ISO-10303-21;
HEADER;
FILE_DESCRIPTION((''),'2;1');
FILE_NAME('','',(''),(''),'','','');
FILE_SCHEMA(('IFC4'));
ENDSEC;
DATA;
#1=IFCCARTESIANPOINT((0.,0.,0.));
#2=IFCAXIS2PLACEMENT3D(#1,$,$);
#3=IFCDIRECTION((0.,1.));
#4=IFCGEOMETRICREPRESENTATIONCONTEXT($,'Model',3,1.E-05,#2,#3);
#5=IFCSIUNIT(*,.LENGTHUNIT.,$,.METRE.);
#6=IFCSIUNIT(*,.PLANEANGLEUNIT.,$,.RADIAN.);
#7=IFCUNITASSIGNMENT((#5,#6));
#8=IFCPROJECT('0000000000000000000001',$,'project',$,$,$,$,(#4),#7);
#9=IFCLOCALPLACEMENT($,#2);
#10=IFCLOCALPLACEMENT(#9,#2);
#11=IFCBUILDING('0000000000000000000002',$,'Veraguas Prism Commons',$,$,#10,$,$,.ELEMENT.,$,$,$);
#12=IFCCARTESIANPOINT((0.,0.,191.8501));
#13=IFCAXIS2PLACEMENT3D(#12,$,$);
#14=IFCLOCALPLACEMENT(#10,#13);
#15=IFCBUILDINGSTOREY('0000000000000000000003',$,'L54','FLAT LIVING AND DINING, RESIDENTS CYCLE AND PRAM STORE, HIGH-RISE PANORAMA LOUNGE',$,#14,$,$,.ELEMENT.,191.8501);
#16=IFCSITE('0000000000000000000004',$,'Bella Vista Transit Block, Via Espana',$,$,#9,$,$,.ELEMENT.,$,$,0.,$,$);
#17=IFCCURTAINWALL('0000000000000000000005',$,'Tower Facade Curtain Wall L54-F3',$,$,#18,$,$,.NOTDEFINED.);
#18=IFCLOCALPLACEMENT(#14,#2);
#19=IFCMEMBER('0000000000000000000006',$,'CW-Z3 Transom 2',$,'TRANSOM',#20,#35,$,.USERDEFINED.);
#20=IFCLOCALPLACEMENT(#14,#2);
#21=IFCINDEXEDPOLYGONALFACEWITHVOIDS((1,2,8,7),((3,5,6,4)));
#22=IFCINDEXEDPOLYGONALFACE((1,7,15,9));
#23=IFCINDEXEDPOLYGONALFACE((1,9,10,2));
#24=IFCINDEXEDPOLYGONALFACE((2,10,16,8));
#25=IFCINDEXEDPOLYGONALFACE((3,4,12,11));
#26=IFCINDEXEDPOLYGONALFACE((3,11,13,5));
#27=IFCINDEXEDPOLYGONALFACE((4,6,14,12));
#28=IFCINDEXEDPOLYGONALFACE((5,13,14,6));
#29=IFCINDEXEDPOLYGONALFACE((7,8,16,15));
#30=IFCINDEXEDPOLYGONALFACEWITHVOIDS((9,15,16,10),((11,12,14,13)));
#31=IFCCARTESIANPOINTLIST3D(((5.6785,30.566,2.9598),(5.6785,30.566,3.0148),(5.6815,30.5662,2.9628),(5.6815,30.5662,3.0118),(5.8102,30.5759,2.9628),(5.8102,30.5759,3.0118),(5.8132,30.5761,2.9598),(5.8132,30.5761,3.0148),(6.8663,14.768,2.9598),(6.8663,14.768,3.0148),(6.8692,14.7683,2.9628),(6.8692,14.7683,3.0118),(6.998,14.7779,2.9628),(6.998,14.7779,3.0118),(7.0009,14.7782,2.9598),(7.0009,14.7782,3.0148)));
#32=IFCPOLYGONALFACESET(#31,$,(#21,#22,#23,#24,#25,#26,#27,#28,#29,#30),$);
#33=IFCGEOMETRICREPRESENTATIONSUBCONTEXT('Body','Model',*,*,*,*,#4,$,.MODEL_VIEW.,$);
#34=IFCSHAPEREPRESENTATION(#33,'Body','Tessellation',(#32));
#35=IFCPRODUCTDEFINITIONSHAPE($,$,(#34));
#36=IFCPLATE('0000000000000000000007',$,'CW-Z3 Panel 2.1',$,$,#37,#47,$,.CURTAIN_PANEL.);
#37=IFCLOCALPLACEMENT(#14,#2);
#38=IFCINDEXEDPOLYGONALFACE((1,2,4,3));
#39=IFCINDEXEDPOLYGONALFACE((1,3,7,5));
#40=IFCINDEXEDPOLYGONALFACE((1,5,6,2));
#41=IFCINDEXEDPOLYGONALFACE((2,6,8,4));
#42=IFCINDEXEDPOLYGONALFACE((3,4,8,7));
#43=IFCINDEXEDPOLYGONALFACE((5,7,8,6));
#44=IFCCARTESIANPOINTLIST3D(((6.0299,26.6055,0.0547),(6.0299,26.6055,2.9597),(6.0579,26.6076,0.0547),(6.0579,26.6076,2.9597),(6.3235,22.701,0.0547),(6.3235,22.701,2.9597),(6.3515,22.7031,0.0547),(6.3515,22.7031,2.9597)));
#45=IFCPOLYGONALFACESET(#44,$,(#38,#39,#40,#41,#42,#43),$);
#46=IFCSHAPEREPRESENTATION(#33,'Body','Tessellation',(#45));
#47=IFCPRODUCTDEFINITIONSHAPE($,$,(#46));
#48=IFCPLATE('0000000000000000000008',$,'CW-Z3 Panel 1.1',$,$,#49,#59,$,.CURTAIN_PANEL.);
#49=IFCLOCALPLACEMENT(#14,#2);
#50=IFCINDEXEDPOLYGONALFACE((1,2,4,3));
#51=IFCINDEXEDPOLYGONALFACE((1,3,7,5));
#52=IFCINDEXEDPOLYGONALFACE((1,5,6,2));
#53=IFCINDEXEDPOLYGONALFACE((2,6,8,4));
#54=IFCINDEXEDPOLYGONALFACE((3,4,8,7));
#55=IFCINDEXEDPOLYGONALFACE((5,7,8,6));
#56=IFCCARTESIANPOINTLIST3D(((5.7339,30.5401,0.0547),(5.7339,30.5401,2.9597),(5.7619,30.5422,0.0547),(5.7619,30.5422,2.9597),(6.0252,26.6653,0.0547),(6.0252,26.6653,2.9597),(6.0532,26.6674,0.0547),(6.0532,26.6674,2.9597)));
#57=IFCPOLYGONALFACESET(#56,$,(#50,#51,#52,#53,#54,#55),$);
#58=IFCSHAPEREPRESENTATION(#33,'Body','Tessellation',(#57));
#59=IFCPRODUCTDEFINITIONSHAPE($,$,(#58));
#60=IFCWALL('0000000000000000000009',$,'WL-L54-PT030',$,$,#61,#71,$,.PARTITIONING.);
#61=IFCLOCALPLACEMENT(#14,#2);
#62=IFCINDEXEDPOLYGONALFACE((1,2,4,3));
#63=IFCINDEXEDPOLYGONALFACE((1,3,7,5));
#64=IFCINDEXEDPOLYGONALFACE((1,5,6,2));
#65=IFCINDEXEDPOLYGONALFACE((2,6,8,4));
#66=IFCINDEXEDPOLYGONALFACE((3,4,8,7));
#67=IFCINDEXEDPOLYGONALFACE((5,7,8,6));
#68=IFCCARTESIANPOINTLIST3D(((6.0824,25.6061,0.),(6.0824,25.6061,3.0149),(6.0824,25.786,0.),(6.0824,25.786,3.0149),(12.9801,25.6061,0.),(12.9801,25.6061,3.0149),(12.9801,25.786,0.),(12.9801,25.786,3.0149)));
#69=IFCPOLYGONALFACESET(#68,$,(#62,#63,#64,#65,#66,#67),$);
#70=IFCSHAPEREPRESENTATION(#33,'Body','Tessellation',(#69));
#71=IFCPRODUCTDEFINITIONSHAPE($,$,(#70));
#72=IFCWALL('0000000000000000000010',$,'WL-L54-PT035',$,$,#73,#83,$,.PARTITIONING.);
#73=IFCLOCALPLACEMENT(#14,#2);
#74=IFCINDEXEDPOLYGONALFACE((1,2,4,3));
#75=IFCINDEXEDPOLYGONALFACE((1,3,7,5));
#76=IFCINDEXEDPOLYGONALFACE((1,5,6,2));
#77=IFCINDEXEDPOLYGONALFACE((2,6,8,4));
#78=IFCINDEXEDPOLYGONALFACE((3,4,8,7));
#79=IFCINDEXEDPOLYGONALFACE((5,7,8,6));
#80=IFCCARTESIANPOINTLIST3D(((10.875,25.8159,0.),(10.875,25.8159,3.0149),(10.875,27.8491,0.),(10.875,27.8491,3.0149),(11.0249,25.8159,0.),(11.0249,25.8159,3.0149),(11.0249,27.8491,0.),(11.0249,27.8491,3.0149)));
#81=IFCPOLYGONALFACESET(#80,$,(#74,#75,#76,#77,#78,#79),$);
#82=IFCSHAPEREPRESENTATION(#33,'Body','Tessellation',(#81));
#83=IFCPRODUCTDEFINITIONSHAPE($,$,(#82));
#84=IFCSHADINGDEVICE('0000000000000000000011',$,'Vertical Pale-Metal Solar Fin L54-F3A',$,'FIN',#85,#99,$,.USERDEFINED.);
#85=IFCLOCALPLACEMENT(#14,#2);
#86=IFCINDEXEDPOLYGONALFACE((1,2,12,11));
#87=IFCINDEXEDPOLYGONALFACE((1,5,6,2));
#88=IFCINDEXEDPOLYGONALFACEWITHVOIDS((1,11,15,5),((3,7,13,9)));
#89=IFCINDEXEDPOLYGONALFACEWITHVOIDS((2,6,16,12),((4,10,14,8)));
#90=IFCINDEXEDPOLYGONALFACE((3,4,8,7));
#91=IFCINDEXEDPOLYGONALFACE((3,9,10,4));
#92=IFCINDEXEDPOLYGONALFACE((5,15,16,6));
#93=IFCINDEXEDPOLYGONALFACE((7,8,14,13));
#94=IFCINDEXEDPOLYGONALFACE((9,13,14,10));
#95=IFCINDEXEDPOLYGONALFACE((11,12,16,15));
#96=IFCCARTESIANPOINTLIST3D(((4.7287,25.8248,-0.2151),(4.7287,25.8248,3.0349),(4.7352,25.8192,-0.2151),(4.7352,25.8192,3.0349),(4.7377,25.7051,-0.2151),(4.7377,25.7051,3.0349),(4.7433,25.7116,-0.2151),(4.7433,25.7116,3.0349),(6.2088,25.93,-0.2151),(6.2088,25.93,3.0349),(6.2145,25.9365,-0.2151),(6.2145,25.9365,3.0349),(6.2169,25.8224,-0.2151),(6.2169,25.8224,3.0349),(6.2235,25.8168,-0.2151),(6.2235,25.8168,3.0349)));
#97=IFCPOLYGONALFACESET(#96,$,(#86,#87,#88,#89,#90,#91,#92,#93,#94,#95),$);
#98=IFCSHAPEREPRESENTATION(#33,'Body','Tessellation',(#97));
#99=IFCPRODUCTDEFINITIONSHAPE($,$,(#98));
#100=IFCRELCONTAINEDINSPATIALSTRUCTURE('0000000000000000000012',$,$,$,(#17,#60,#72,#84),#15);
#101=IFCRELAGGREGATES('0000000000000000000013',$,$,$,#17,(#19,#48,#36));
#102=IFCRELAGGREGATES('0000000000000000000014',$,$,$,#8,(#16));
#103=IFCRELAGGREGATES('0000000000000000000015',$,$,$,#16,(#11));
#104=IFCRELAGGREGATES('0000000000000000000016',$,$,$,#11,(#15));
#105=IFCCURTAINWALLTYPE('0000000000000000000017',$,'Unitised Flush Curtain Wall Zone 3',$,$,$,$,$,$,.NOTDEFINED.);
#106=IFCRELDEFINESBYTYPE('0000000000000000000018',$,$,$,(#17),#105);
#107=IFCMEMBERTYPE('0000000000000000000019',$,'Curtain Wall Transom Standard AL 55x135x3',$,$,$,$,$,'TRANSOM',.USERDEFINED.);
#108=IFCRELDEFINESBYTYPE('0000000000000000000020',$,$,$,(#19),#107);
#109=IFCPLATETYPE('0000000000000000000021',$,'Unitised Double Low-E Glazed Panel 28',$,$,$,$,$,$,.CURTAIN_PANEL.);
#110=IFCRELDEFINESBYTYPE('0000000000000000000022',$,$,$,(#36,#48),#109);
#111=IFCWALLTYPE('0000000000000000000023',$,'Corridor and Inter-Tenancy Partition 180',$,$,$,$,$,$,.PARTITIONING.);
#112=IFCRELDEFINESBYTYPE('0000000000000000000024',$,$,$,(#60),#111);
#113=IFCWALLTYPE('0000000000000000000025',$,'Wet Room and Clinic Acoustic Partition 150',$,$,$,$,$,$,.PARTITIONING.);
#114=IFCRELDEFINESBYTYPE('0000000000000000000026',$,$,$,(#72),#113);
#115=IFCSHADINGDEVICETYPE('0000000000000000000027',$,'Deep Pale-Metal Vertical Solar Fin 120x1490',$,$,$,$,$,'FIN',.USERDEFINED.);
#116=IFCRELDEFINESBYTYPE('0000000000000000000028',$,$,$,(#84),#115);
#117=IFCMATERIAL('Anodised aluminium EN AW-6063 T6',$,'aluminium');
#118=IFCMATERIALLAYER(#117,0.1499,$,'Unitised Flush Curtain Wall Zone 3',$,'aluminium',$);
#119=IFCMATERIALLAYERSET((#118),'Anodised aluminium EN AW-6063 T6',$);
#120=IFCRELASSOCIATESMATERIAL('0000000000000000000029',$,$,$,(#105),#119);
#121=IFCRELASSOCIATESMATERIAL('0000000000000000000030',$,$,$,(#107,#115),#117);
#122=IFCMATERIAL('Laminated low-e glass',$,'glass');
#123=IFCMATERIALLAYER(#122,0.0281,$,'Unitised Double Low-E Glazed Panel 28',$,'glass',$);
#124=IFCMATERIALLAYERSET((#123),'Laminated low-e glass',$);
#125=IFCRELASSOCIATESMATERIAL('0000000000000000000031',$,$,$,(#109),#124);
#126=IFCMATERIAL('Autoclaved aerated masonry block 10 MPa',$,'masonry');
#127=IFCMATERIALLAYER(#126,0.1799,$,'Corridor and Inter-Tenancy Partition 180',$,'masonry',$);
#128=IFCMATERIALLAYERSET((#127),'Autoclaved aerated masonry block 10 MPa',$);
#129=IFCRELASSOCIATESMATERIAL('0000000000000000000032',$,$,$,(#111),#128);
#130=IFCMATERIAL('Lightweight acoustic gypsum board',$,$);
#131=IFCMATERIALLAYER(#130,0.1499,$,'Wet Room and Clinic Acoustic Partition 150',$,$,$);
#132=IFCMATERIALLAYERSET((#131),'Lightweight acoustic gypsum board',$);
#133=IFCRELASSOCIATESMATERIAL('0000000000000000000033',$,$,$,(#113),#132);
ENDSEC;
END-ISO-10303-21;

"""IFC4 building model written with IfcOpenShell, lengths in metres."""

from ifc_helpers import new_model, si_unit, direction, frame, frame_2d, origin, origin_2d, place, context, subcontext, project, spatial, rectangle, hollow_rectangle, extrude, source, transform, mapped, material, layer, layer_set, material_profile, profile_set, type_object, element, aggregate, save


model = new_model("IFC4")

# Units and contexts
model_context = context("Model", 3, precision=1e-05, world=origin(), true_north=direction((0.0, 1.0)))
body_context = subcontext(model_context, "Body", "Model", "MODEL_VIEW")
ifc_project = project(units=[si_unit("LENGTHUNIT", "METRE"), si_unit("PLANEANGLEUNIT", "RADIAN")], contexts=[model_context])

# Site, building, storey
site_placement = place(None, origin())
site = spatial("IfcSite", under=ifc_project, at=site_placement, Name="Bella Vista Transit Block, Via Espana", CompositionType="ELEMENT", RefElevation=0.0)
building_placement = place(site_placement, origin())
building = spatial("IfcBuilding", under=site, at=building_placement, Name="Veraguas Prism Commons", CompositionType="ELEMENT")
storey_placement = place(building_placement, frame((0.0, 0.0, 191.8501)))
storey = spatial("IfcBuildingStorey", under=building, at=storey_placement, Name="L54", Description="FLAT LIVING AND DINING, RESIDENTS CYCLE AND PRAM STORE, HIGH-RISE PANORAMA LOUNGE", CompositionType="ELEMENT", Elevation=191.8501)

# Curtain wall
ifc_material_1 = material(Name="Anodised aluminium EN AW-6063 T6", Category="aluminium")
ifc_layer_1 = layer(ifc_material_1, 0.1499, Name="Unitised Flush Curtain Wall Zone 3", Category="aluminium")
ifc_layer_set_1 = layer_set([ifc_layer_1], Name="Anodised aluminium EN AW-6063 T6")
curtain_wall_type = type_object("IfcCurtainWallType", Name="Unitised Flush Curtain Wall Zone 3", PredefinedType="NOTDEFINED", material=ifc_layer_set_1)
curtain_wall_1_placement = place(storey_placement, origin())
curtain_wall_1 = element("IfcCurtainWall", 1, at=curtain_wall_1_placement, inside=storey, type_object=curtain_wall_type, Name="Tower Facade Curtain Wall L54-F3", PredefinedType="NOTDEFINED")

# Member
ifc_material_profile_1 = material_profile(ifc_material_1, hollow_rectangle(XDim=0.0549, YDim=0.135, WallThickness=0.0029, at=origin_2d()), Name="AL55X135X3")
ifc_profile_set_1 = profile_set([ifc_material_profile_1], Name="Anodised aluminium EN AW-6063 T6")
member_type_1 = type_object("IfcMemberType", Name="Curtain Wall Transom Standard AL 55x135x3", ElementType="TRANSOM", PredefinedType="USERDEFINED", material=ifc_profile_set_1)
shared_shape_1 = source(origin(), body_context, "Body", "SweptSolid", [
    extrude(hollow_rectangle(XDim=0.0549, YDim=0.135, WallThickness=0.0029, at=origin_2d()), origin(), (0.0, 0.0, 1.0), 15.8425),
])
member_1_placement = place(storey_placement, frame((5.7458, 30.571, 2.9873), z_axis=(0.074972, -0.997186, 0.0), x_axis=(0.0, 0.0, 1.0)))
member_1 = element("IfcMember", 2, at=member_1_placement, type_object=member_type_1, Name="CW-Z3 Transom 2", ObjectType="TRANSOM", PredefinedType="USERDEFINED", context=body_context, shape_type="MappedRepresentation", body=[
    mapped(shared_shape_1, transform((0.0, 0.0, 0.0), scale=1.0)),
])

# Plates
ifc_material_2 = material(Name="Laminated low-e glass", Category="glass")
ifc_layer_2 = layer(ifc_material_2, 0.0281, Name="Unitised Double Low-E Glazed Panel 28", Category="glass")
ifc_layer_set_2 = layer_set([ifc_layer_2], Name="Laminated low-e glass")
plate_type = type_object("IfcPlateType", Name="Unitised Double Low-E Glazed Panel 28", PredefinedType="CURTAIN_PANEL", material=ifc_layer_set_2)
shared_shape_2 = source(origin(), body_context, "Body", "SweptSolid", [
    extrude(rectangle(XDim=3.9155, YDim=0.0281, at=origin_2d()), origin(), (0.0, 0.0, 1.0), 2.905),
])
plate_1_placement = place(storey_placement, frame((6.1907, 24.6543, 0.0547), z_axis=(0.0, 0.0, 1.0), x_axis=(0.074975, -0.997185, 0.0)))
plate_1 = element("IfcPlate", 3, at=plate_1_placement, type_object=plate_type, Name="CW-Z3 Panel 2.1", PredefinedType="CURTAIN_PANEL", context=body_context, shape_type="MappedRepresentation", body=[
    mapped(shared_shape_2, transform((0.0, 0.0, 0.0), scale=1.0)),
])
shared_shape_3 = source(origin(), body_context, "Body", "SweptSolid", [
    extrude(rectangle(XDim=3.8857, YDim=0.0281, at=origin_2d()), origin(), (0.0, 0.0, 1.0), 2.905),
])
plate_2_placement = place(storey_placement, frame((5.8936, 28.6038, 0.0547), z_axis=(0.0, 0.0, 1.0), x_axis=(0.074975, -0.997185, 0.0)))
plate_2 = element("IfcPlate", 4, at=plate_2_placement, type_object=plate_type, Name="CW-Z3 Panel 1.1", PredefinedType="CURTAIN_PANEL", context=body_context, shape_type="MappedRepresentation", body=[
    mapped(shared_shape_3, transform((0.0, 0.0, 0.0), scale=1.0)),
])
aggregate(curtain_wall_1, [member_1, plate_2, plate_1])

# Walls
ifc_material_3 = material(Name="Autoclaved aerated masonry block 10 MPa", Category="masonry")
ifc_layer_3 = layer(ifc_material_3, 0.1799, Name="Corridor and Inter-Tenancy Partition 180", Category="masonry")
ifc_layer_set_3 = layer_set([ifc_layer_3], Name="Autoclaved aerated masonry block 10 MPa")
wall_type_1 = type_object("IfcWallType", Name="Corridor and Inter-Tenancy Partition 180", PredefinedType="PARTITIONING", material=ifc_layer_set_3)
wall_1_placement = place(storey_placement, frame((12.98, 25.696, 0.0), z_axis=(0.0, 0.0, 1.0), x_axis=(-1.0, 0.0, 0.0)))
element("IfcWall", 5, at=wall_1_placement, inside=storey, type_object=wall_type_1, Name="WL-L54-PT030", PredefinedType="PARTITIONING", context=body_context, shape_type="SweptSolid", body=[
    extrude(rectangle(XDim=6.8977, YDim=0.1799, at=frame_2d((3.4487, 0.0))), origin(), (0.0, 0.0, 1.0), 3.0149),
])
ifc_material_4 = material(Name="Lightweight acoustic gypsum board")
ifc_layer_4 = layer(ifc_material_4, 0.1499, Name="Wet Room and Clinic Acoustic Partition 150")
ifc_layer_set_4 = layer_set([ifc_layer_4], Name="Lightweight acoustic gypsum board")
wall_type_2 = type_object("IfcWallType", Name="Wet Room and Clinic Acoustic Partition 150", PredefinedType="PARTITIONING", material=ifc_layer_set_4)
wall_2_placement = place(storey_placement, frame((10.95, 25.8159, 0.0), z_axis=(0.0, 0.0, 1.0), x_axis=(0.0, 1.0, 0.0)))
element("IfcWall", 6, at=wall_2_placement, inside=storey, type_object=wall_type_2, Name="WL-L54-PT035", PredefinedType="PARTITIONING", context=body_context, shape_type="SweptSolid", body=[
    extrude(rectangle(XDim=2.0332, YDim=0.1499, at=frame_2d((1.0166, 0.0))), origin(), (0.0, 0.0, 1.0), 3.0149),
])

# Shading device
ifc_material_profile_2 = material_profile(ifc_material_1, hollow_rectangle(XDim=0.1201, YDim=1.49, WallThickness=0.0061, at=origin_2d()), Name="FIN120X1490X6")
ifc_profile_set_2 = profile_set([ifc_material_profile_2], Name="Anodised aluminium EN AW-6063 T6")
shading_device_type = type_object("IfcShadingDeviceType", Name="Deep Pale-Metal Vertical Solar Fin 120x1490", ElementType="FIN", PredefinedType="USERDEFINED", material=ifc_profile_set_2)
shading_device_placement = place(storey_placement, frame((5.4761, 25.8208, -0.2151), z_axis=(0.0, 0.0, 1.0), x_axis=(0.074975, -0.997185, 0.0)))
element("IfcShadingDevice", 7, at=shading_device_placement, inside=storey, type_object=shading_device_type, Name="Vertical Pale-Metal Solar Fin L54-F3A", ObjectType="FIN", PredefinedType="USERDEFINED", context=body_context, shape_type="SweptSolid", body=[
    extrude(hollow_rectangle(XDim=0.1201, YDim=1.49, WallThickness=0.0061, at=origin_2d()), origin(), (0.0, 0.0, 1.0), 3.25),
])

save(model, "model.ifc")
